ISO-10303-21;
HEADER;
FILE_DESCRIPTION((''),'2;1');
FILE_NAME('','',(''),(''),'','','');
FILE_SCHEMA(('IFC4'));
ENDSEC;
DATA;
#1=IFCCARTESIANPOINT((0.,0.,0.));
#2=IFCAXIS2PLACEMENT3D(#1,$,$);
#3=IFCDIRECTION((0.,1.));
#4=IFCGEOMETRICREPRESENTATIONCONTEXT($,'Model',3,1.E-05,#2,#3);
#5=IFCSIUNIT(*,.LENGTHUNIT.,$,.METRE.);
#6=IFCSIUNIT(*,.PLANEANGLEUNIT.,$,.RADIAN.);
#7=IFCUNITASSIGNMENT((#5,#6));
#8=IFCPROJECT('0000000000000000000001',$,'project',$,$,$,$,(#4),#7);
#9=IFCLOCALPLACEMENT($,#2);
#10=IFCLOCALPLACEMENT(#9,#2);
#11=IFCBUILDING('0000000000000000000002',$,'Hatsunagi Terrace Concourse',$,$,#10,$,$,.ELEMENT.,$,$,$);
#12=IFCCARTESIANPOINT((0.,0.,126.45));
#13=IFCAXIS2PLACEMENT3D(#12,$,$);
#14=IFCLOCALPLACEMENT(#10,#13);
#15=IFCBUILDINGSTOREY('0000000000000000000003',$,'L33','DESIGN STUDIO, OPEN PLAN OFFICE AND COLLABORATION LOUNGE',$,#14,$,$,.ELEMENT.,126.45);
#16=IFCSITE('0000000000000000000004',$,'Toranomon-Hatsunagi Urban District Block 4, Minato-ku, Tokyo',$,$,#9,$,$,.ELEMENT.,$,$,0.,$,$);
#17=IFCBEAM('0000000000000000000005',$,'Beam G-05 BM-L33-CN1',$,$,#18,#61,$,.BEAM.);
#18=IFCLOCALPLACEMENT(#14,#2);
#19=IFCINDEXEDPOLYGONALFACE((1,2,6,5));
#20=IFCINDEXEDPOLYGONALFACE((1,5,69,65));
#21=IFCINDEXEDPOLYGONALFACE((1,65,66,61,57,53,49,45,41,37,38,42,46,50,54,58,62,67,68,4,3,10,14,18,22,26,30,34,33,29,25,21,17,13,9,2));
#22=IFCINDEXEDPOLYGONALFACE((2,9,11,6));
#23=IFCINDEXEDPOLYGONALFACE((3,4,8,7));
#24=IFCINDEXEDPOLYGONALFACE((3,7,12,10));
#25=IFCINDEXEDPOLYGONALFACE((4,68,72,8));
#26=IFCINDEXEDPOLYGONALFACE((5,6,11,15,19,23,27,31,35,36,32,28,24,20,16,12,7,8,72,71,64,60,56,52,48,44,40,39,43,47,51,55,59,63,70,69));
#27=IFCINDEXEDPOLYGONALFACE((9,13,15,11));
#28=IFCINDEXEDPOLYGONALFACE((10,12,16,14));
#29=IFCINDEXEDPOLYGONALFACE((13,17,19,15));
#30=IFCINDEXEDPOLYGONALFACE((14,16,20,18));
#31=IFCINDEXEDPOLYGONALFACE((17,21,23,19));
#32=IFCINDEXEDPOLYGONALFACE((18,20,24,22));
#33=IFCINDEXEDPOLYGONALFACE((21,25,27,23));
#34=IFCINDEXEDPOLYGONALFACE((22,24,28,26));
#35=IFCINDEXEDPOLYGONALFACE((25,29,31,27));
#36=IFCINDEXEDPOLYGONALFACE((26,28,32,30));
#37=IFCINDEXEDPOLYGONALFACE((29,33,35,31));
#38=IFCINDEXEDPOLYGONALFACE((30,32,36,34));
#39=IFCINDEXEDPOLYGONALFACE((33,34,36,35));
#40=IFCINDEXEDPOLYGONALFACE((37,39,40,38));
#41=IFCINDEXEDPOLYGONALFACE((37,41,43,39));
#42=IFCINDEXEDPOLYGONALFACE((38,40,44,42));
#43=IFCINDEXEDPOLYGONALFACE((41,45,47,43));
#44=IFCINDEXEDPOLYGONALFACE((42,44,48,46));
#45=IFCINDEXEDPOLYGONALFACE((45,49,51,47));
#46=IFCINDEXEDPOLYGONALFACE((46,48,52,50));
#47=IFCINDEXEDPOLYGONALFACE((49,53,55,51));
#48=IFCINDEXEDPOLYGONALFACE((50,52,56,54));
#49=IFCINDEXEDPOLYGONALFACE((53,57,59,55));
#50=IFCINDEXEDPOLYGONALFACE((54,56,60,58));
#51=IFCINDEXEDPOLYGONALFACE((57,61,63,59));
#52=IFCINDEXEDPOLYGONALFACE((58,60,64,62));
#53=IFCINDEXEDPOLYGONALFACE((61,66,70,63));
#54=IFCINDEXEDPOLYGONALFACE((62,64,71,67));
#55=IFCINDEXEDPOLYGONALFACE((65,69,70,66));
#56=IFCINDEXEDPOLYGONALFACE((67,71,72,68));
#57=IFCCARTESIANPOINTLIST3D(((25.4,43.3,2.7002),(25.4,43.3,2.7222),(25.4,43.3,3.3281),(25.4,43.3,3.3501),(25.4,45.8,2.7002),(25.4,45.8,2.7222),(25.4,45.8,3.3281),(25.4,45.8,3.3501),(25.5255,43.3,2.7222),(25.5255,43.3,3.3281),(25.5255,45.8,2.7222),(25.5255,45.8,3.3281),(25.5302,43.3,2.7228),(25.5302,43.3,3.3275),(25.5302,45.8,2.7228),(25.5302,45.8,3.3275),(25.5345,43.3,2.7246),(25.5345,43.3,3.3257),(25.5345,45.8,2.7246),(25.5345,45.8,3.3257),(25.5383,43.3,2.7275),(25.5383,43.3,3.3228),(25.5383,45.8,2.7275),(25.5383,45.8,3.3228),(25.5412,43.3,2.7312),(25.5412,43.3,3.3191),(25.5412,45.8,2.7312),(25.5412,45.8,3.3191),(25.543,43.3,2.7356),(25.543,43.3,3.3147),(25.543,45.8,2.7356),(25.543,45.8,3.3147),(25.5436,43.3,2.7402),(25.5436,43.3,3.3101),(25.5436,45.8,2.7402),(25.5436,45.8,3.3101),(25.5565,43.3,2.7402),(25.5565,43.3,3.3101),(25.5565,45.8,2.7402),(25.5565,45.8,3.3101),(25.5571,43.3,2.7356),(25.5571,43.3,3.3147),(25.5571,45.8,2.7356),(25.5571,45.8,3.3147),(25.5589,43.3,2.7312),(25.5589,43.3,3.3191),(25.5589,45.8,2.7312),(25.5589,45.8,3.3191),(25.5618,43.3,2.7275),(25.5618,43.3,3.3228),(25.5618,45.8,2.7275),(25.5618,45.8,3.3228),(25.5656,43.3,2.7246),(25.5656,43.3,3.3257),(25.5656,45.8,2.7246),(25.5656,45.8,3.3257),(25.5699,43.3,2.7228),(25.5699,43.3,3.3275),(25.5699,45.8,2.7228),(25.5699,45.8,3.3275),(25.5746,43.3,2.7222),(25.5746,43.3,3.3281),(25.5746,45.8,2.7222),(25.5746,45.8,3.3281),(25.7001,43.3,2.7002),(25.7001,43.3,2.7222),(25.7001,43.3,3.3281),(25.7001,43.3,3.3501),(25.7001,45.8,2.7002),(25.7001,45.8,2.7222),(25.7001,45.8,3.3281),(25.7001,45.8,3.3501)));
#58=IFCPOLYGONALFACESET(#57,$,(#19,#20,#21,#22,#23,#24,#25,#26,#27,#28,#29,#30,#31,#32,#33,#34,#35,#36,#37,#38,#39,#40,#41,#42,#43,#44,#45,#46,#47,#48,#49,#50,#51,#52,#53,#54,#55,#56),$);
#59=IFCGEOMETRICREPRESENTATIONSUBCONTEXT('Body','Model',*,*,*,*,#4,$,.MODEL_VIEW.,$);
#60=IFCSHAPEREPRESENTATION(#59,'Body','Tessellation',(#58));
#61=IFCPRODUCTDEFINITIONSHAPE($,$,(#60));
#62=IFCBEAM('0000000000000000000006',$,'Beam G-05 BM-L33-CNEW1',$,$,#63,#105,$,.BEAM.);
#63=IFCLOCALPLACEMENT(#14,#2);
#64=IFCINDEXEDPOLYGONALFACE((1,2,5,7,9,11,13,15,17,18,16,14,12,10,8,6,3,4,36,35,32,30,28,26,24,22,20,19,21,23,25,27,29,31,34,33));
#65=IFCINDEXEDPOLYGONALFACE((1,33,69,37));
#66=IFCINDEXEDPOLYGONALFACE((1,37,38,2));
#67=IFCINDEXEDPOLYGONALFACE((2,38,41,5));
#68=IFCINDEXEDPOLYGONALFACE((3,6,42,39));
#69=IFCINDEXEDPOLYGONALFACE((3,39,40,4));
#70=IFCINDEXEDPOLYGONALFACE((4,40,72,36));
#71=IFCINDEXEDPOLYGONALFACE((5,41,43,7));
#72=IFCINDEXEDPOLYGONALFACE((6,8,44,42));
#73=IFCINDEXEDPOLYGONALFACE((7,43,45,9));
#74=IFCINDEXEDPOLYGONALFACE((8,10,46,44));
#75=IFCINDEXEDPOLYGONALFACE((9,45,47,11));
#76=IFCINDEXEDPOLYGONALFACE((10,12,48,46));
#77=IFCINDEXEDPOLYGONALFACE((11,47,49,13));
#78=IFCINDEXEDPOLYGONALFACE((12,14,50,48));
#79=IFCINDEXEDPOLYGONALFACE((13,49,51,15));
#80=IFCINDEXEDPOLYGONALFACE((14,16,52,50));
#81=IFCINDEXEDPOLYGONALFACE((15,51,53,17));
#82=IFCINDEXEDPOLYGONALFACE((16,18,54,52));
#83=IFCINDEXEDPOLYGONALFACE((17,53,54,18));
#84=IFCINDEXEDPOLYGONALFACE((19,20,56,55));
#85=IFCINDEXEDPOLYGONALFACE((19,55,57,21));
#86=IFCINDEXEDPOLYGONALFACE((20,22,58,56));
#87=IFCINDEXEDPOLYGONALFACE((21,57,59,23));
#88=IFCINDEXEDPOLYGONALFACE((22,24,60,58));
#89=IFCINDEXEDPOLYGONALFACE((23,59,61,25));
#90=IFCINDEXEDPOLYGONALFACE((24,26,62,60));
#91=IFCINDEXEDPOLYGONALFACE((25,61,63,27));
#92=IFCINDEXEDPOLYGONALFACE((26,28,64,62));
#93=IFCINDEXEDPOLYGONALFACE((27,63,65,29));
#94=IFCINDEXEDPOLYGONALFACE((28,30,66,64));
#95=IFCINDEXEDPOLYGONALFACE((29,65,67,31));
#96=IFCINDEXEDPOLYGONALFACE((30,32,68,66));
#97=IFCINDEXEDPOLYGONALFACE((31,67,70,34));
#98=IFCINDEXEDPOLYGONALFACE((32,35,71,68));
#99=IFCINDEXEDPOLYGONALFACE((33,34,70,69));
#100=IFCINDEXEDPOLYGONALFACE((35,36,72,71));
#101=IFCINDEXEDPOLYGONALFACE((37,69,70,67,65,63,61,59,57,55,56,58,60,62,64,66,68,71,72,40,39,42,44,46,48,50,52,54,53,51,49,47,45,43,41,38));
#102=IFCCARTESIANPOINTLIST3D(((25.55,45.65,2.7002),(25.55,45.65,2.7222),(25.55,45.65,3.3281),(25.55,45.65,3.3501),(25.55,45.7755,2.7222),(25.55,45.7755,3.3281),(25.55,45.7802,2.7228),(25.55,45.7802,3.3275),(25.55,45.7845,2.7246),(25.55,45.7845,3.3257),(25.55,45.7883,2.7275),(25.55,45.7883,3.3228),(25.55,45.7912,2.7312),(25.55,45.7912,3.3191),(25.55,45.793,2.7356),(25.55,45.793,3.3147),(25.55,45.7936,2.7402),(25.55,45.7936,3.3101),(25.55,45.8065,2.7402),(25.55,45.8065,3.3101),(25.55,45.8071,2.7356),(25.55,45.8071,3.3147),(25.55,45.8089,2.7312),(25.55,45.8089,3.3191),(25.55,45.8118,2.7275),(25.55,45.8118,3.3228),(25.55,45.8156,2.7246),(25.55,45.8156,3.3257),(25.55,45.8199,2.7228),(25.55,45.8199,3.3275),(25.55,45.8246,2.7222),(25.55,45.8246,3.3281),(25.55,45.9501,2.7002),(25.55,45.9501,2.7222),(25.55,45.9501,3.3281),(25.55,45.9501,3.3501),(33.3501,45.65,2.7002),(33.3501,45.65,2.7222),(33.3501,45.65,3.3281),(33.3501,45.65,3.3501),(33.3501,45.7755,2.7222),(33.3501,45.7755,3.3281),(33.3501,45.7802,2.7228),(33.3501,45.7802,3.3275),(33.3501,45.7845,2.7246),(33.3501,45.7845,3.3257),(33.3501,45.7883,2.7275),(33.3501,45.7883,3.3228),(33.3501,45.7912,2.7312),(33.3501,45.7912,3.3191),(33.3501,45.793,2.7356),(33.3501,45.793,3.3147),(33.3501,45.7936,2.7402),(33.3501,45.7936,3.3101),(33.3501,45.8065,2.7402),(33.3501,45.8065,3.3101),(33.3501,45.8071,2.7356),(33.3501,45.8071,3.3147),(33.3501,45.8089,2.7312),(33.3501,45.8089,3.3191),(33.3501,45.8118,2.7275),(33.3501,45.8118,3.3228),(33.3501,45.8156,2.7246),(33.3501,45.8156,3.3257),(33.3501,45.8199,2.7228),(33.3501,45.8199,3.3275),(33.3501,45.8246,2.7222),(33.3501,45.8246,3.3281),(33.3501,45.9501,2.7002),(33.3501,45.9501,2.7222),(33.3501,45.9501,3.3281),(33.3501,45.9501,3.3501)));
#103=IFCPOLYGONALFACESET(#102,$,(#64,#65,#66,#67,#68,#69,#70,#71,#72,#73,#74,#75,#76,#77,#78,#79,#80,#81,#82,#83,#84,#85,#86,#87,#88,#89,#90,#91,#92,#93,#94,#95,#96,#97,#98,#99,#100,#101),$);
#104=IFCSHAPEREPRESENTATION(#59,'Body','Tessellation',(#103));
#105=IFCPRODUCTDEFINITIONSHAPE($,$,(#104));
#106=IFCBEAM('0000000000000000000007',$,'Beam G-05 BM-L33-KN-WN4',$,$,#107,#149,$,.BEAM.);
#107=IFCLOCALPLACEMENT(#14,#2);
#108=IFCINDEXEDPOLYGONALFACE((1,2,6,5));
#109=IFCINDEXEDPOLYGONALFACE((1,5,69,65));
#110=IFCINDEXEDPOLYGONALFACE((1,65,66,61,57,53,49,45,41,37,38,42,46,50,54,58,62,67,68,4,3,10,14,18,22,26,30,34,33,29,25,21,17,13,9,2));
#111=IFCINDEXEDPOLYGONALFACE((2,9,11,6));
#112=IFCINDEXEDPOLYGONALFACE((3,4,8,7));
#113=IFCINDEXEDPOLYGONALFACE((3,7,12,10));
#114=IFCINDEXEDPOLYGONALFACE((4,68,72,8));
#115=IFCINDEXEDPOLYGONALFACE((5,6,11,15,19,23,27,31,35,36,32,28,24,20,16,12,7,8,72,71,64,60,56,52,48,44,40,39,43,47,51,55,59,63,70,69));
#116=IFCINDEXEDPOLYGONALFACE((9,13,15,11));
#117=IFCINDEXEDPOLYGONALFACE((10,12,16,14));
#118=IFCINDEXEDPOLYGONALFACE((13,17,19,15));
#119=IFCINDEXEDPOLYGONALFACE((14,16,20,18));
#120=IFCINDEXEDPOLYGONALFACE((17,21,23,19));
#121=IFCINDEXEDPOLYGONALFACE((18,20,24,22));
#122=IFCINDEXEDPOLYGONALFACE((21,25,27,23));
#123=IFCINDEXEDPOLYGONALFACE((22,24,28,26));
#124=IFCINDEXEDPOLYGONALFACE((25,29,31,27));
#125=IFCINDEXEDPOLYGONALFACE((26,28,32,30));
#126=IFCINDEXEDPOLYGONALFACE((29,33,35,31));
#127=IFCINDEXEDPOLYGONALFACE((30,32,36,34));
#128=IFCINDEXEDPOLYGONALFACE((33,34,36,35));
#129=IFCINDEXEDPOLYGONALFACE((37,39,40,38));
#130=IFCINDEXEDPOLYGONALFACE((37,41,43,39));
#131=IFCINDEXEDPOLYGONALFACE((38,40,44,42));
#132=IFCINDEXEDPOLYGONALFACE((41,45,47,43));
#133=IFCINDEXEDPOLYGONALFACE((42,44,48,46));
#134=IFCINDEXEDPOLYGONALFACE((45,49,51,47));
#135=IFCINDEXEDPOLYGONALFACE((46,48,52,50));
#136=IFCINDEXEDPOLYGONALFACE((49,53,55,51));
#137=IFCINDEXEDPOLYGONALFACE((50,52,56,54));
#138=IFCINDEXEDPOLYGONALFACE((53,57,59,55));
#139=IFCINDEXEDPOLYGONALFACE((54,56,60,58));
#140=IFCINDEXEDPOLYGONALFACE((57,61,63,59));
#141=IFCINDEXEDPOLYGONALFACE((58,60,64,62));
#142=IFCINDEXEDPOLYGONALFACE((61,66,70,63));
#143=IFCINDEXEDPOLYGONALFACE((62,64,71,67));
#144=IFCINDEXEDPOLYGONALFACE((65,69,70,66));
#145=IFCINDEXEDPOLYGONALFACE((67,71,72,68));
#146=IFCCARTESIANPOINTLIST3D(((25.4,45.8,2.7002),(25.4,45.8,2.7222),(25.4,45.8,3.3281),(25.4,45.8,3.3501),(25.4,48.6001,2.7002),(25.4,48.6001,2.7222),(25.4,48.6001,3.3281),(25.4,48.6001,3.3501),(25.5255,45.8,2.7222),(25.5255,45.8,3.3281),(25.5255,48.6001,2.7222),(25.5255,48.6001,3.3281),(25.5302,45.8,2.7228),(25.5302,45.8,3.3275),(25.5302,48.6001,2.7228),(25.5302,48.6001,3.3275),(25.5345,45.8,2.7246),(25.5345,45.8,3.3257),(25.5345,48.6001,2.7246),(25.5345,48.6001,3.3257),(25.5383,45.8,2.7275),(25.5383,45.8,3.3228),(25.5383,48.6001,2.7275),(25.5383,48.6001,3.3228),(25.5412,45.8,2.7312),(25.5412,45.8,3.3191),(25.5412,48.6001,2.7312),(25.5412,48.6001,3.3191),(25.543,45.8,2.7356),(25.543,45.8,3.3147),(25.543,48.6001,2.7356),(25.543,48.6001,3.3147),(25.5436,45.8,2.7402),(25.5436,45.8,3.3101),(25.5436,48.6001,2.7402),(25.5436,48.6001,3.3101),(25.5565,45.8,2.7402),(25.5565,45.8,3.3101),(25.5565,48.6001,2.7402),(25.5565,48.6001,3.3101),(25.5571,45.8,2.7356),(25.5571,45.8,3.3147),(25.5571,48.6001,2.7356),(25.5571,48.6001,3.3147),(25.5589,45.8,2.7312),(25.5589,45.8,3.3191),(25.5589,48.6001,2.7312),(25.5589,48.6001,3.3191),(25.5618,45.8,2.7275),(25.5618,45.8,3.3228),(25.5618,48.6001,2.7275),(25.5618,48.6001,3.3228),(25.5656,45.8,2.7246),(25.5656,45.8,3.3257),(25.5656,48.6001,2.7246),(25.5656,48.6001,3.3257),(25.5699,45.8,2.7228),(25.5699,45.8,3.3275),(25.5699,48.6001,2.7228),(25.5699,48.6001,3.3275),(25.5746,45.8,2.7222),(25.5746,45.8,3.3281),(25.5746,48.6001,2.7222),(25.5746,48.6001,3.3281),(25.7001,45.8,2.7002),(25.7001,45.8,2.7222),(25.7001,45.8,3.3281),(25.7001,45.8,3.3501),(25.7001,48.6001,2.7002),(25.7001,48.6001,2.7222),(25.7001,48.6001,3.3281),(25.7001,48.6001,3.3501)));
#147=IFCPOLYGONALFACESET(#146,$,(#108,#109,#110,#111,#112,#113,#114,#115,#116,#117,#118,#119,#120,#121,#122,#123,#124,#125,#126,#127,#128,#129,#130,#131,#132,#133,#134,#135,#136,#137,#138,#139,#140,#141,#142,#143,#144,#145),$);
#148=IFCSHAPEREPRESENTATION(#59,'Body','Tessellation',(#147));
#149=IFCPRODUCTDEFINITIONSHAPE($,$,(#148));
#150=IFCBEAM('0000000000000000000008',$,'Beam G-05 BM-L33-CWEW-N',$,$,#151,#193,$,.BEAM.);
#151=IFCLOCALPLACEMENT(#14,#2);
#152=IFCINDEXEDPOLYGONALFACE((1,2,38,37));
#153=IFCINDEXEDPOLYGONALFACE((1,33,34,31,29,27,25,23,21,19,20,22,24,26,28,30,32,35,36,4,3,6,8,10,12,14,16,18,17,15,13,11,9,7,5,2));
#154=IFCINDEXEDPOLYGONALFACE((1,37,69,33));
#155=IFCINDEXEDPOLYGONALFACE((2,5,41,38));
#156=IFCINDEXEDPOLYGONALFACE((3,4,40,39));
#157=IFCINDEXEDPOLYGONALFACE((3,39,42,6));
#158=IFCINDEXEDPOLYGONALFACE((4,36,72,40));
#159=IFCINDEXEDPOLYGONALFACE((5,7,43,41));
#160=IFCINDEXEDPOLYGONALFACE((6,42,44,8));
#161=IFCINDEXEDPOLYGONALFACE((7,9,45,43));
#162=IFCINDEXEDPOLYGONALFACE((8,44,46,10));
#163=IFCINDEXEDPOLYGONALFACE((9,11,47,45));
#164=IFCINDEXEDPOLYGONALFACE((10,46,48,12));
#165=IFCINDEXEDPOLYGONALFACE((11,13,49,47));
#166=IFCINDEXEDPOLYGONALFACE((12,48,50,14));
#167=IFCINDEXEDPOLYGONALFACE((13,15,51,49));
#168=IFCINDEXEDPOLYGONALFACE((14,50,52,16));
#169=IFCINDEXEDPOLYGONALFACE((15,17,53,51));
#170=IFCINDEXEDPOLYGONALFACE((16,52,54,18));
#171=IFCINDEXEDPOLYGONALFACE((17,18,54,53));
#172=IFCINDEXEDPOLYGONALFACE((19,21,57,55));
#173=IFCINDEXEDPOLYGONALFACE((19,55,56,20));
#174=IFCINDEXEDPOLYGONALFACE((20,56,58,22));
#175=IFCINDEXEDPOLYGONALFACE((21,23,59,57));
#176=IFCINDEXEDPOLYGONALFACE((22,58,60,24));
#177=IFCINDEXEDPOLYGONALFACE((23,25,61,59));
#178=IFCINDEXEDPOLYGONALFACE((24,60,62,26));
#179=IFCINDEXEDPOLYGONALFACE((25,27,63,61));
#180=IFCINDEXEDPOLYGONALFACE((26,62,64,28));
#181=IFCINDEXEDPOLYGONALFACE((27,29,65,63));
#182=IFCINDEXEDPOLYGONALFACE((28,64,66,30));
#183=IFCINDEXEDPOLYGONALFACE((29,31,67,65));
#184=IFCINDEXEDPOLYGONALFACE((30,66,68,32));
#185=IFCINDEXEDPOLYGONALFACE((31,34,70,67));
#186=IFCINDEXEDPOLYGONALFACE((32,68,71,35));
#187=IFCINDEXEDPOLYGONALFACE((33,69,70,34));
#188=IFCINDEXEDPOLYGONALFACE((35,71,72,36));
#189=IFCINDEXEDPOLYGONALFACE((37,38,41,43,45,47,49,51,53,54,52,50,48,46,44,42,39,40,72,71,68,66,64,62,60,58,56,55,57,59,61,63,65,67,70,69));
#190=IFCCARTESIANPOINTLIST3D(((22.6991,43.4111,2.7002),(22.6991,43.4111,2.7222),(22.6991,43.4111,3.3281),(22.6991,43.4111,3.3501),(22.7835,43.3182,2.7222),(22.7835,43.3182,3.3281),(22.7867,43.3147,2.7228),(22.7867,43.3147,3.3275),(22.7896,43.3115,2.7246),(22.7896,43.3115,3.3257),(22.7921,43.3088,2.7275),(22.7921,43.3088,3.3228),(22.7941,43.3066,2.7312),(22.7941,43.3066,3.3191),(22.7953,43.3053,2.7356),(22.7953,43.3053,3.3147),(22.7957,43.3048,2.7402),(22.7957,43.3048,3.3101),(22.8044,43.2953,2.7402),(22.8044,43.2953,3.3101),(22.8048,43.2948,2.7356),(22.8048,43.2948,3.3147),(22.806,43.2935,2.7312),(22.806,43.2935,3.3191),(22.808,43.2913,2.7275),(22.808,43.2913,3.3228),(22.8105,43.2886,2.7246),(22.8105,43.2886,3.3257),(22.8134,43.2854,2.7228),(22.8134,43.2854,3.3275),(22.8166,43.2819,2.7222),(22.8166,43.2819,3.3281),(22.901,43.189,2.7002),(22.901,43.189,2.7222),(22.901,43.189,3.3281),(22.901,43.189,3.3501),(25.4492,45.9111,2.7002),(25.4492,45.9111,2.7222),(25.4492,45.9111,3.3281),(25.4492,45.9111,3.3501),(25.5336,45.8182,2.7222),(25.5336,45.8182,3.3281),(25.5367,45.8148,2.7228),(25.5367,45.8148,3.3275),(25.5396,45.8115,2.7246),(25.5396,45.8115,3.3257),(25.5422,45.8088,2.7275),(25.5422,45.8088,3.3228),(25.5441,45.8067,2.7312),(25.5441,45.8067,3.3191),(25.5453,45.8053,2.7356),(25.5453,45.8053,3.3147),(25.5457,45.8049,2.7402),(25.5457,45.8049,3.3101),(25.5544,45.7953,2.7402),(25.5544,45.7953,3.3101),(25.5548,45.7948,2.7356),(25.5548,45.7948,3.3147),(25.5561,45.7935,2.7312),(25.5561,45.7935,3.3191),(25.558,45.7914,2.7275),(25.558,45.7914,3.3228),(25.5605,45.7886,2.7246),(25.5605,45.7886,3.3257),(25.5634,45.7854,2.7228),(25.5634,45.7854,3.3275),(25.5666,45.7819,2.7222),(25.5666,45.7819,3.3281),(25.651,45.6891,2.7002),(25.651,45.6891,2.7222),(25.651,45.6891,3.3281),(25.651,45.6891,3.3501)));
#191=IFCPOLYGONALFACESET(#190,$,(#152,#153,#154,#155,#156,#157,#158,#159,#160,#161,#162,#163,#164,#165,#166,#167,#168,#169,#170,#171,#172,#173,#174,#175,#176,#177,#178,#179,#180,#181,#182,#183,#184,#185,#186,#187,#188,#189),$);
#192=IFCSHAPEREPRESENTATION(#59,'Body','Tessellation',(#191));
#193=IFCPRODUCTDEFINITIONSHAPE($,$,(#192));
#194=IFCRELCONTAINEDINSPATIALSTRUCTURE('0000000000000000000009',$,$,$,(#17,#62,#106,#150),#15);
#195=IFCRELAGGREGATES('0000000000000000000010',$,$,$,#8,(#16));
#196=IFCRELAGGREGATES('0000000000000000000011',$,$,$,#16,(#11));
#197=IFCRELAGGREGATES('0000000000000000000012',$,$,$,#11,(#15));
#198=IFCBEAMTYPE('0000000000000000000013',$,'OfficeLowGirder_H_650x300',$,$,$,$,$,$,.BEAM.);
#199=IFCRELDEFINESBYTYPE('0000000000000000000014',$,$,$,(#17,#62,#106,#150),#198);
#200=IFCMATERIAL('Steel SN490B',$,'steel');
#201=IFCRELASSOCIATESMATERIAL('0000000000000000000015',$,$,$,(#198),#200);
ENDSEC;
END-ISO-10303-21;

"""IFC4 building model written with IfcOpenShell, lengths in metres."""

from ifc_helpers import new_model, si_unit, direction, frame, origin, origin_2d, place, context, subcontext, project, spatial, i_section, extrude, material, material_profile, profile_set, type_object, element, save


model = new_model("IFC4")

# Units and contexts
model_context = context("Model", 3, precision=1e-05, world=origin(), true_north=direction((0.0, 1.0)))
body_context = subcontext(model_context, "Body", "Model", "MODEL_VIEW")
ifc_project = project(units=[si_unit("LENGTHUNIT", "METRE"), si_unit("PLANEANGLEUNIT", "RADIAN")], contexts=[model_context])

# Site, building, storey
site_placement = place(None, origin())
site = spatial("IfcSite", under=ifc_project, at=site_placement, Name="Toranomon-Hatsunagi Urban District Block 4, Minato-ku, Tokyo", CompositionType="ELEMENT", RefElevation=0.0)
building_placement = place(site_placement, origin())
building = spatial("IfcBuilding", under=site, at=building_placement, Name="Hatsunagi Terrace Concourse", CompositionType="ELEMENT")
storey_placement = place(building_placement, frame((0.0, 0.0, 126.45)))
storey = spatial("IfcBuildingStorey", under=building, at=storey_placement, Name="L33", Description="DESIGN STUDIO, OPEN PLAN OFFICE AND COLLABORATION LOUNGE", CompositionType="ELEMENT", Elevation=126.45)

# Beams
ifc_material_1 = material(Name="Steel SN490B", Category="steel")
ifc_material_profile_1 = material_profile(ifc_material_1, i_section(OverallWidth=0.3, OverallDepth=0.6499, WebThickness=0.0129, FlangeThickness=0.022, FilletRadius=0.0181, at=origin_2d()), Name="H-650x300x13x22")
ifc_profile_set_1 = profile_set([ifc_material_profile_1], Name="Steel SN490B")
beam_type_1 = type_object("IfcBeamType", Name="OfficeLowGirder_H_650x300", PredefinedType="BEAM", material=ifc_profile_set_1)
beam_1_placement = place(storey_placement, frame((25.55, 43.3, 3.0251), z_axis=(0.0, 1.0, 0.0), x_axis=(-1.0, 0.0, 0.0)))
element("IfcBeam", 1, at=beam_1_placement, inside=storey, type_object=beam_type_1, Name="Beam G-05 BM-L33-CN1", PredefinedType="BEAM", context=body_context, shape_type="SweptSolid", body=[
    extrude(i_section(OverallWidth=0.3, OverallDepth=0.6499, WebThickness=0.0129, FlangeThickness=0.022, FilletRadius=0.0181, at=origin_2d()), origin(), (0.0, 0.0, 1.0), 2.5),
])
beam_2_placement = place(storey_placement, frame((25.55, 45.8, 3.0251), z_axis=(1.0, 0.0, 0.0), x_axis=(0.0, 1.0, 0.0)))
element("IfcBeam", 2, at=beam_2_placement, inside=storey, type_object=beam_type_1, Name="Beam G-05 BM-L33-CNEW1", PredefinedType="BEAM", context=body_context, shape_type="SweptSolid", body=[
    extrude(i_section(OverallWidth=0.3, OverallDepth=0.6499, WebThickness=0.0129, FlangeThickness=0.022, FilletRadius=0.0181, at=origin_2d()), origin(), (0.0, 0.0, 1.0), 7.8),
])
beam_3_placement = place(storey_placement, frame((25.55, 45.8, 3.0251), z_axis=(0.0, 1.0, 0.0), x_axis=(-1.0, 0.0, 0.0)))
element("IfcBeam", 3, at=beam_3_placement, inside=storey, type_object=beam_type_1, Name="Beam G-05 BM-L33-KN-WN4", PredefinedType="BEAM", context=body_context, shape_type="SweptSolid", body=[
    extrude(i_section(OverallWidth=0.3, OverallDepth=0.6499, WebThickness=0.0129, FlangeThickness=0.022, FilletRadius=0.0181, at=origin_2d()), origin(), (0.0, 0.0, 1.0), 2.8),
])
beam_4_placement = place(storey_placement, frame((22.8, 43.3, 3.0251), z_axis=(0.73994, 0.672673, 0.0), x_axis=(-0.672673, 0.73994, 0.0)))
element("IfcBeam", 4, at=beam_4_placement, inside=storey, type_object=beam_type_1, Name="Beam G-05 BM-L33-CWEW-N", PredefinedType="BEAM", context=body_context, shape_type="SweptSolid", body=[
    extrude(i_section(OverallWidth=0.3, OverallDepth=0.6499, WebThickness=0.0129, FlangeThickness=0.022, FilletRadius=0.0181, at=origin_2d()), origin(), (0.0, 0.0, 1.0), 3.7166),
])

save(model, "model.ifc")
